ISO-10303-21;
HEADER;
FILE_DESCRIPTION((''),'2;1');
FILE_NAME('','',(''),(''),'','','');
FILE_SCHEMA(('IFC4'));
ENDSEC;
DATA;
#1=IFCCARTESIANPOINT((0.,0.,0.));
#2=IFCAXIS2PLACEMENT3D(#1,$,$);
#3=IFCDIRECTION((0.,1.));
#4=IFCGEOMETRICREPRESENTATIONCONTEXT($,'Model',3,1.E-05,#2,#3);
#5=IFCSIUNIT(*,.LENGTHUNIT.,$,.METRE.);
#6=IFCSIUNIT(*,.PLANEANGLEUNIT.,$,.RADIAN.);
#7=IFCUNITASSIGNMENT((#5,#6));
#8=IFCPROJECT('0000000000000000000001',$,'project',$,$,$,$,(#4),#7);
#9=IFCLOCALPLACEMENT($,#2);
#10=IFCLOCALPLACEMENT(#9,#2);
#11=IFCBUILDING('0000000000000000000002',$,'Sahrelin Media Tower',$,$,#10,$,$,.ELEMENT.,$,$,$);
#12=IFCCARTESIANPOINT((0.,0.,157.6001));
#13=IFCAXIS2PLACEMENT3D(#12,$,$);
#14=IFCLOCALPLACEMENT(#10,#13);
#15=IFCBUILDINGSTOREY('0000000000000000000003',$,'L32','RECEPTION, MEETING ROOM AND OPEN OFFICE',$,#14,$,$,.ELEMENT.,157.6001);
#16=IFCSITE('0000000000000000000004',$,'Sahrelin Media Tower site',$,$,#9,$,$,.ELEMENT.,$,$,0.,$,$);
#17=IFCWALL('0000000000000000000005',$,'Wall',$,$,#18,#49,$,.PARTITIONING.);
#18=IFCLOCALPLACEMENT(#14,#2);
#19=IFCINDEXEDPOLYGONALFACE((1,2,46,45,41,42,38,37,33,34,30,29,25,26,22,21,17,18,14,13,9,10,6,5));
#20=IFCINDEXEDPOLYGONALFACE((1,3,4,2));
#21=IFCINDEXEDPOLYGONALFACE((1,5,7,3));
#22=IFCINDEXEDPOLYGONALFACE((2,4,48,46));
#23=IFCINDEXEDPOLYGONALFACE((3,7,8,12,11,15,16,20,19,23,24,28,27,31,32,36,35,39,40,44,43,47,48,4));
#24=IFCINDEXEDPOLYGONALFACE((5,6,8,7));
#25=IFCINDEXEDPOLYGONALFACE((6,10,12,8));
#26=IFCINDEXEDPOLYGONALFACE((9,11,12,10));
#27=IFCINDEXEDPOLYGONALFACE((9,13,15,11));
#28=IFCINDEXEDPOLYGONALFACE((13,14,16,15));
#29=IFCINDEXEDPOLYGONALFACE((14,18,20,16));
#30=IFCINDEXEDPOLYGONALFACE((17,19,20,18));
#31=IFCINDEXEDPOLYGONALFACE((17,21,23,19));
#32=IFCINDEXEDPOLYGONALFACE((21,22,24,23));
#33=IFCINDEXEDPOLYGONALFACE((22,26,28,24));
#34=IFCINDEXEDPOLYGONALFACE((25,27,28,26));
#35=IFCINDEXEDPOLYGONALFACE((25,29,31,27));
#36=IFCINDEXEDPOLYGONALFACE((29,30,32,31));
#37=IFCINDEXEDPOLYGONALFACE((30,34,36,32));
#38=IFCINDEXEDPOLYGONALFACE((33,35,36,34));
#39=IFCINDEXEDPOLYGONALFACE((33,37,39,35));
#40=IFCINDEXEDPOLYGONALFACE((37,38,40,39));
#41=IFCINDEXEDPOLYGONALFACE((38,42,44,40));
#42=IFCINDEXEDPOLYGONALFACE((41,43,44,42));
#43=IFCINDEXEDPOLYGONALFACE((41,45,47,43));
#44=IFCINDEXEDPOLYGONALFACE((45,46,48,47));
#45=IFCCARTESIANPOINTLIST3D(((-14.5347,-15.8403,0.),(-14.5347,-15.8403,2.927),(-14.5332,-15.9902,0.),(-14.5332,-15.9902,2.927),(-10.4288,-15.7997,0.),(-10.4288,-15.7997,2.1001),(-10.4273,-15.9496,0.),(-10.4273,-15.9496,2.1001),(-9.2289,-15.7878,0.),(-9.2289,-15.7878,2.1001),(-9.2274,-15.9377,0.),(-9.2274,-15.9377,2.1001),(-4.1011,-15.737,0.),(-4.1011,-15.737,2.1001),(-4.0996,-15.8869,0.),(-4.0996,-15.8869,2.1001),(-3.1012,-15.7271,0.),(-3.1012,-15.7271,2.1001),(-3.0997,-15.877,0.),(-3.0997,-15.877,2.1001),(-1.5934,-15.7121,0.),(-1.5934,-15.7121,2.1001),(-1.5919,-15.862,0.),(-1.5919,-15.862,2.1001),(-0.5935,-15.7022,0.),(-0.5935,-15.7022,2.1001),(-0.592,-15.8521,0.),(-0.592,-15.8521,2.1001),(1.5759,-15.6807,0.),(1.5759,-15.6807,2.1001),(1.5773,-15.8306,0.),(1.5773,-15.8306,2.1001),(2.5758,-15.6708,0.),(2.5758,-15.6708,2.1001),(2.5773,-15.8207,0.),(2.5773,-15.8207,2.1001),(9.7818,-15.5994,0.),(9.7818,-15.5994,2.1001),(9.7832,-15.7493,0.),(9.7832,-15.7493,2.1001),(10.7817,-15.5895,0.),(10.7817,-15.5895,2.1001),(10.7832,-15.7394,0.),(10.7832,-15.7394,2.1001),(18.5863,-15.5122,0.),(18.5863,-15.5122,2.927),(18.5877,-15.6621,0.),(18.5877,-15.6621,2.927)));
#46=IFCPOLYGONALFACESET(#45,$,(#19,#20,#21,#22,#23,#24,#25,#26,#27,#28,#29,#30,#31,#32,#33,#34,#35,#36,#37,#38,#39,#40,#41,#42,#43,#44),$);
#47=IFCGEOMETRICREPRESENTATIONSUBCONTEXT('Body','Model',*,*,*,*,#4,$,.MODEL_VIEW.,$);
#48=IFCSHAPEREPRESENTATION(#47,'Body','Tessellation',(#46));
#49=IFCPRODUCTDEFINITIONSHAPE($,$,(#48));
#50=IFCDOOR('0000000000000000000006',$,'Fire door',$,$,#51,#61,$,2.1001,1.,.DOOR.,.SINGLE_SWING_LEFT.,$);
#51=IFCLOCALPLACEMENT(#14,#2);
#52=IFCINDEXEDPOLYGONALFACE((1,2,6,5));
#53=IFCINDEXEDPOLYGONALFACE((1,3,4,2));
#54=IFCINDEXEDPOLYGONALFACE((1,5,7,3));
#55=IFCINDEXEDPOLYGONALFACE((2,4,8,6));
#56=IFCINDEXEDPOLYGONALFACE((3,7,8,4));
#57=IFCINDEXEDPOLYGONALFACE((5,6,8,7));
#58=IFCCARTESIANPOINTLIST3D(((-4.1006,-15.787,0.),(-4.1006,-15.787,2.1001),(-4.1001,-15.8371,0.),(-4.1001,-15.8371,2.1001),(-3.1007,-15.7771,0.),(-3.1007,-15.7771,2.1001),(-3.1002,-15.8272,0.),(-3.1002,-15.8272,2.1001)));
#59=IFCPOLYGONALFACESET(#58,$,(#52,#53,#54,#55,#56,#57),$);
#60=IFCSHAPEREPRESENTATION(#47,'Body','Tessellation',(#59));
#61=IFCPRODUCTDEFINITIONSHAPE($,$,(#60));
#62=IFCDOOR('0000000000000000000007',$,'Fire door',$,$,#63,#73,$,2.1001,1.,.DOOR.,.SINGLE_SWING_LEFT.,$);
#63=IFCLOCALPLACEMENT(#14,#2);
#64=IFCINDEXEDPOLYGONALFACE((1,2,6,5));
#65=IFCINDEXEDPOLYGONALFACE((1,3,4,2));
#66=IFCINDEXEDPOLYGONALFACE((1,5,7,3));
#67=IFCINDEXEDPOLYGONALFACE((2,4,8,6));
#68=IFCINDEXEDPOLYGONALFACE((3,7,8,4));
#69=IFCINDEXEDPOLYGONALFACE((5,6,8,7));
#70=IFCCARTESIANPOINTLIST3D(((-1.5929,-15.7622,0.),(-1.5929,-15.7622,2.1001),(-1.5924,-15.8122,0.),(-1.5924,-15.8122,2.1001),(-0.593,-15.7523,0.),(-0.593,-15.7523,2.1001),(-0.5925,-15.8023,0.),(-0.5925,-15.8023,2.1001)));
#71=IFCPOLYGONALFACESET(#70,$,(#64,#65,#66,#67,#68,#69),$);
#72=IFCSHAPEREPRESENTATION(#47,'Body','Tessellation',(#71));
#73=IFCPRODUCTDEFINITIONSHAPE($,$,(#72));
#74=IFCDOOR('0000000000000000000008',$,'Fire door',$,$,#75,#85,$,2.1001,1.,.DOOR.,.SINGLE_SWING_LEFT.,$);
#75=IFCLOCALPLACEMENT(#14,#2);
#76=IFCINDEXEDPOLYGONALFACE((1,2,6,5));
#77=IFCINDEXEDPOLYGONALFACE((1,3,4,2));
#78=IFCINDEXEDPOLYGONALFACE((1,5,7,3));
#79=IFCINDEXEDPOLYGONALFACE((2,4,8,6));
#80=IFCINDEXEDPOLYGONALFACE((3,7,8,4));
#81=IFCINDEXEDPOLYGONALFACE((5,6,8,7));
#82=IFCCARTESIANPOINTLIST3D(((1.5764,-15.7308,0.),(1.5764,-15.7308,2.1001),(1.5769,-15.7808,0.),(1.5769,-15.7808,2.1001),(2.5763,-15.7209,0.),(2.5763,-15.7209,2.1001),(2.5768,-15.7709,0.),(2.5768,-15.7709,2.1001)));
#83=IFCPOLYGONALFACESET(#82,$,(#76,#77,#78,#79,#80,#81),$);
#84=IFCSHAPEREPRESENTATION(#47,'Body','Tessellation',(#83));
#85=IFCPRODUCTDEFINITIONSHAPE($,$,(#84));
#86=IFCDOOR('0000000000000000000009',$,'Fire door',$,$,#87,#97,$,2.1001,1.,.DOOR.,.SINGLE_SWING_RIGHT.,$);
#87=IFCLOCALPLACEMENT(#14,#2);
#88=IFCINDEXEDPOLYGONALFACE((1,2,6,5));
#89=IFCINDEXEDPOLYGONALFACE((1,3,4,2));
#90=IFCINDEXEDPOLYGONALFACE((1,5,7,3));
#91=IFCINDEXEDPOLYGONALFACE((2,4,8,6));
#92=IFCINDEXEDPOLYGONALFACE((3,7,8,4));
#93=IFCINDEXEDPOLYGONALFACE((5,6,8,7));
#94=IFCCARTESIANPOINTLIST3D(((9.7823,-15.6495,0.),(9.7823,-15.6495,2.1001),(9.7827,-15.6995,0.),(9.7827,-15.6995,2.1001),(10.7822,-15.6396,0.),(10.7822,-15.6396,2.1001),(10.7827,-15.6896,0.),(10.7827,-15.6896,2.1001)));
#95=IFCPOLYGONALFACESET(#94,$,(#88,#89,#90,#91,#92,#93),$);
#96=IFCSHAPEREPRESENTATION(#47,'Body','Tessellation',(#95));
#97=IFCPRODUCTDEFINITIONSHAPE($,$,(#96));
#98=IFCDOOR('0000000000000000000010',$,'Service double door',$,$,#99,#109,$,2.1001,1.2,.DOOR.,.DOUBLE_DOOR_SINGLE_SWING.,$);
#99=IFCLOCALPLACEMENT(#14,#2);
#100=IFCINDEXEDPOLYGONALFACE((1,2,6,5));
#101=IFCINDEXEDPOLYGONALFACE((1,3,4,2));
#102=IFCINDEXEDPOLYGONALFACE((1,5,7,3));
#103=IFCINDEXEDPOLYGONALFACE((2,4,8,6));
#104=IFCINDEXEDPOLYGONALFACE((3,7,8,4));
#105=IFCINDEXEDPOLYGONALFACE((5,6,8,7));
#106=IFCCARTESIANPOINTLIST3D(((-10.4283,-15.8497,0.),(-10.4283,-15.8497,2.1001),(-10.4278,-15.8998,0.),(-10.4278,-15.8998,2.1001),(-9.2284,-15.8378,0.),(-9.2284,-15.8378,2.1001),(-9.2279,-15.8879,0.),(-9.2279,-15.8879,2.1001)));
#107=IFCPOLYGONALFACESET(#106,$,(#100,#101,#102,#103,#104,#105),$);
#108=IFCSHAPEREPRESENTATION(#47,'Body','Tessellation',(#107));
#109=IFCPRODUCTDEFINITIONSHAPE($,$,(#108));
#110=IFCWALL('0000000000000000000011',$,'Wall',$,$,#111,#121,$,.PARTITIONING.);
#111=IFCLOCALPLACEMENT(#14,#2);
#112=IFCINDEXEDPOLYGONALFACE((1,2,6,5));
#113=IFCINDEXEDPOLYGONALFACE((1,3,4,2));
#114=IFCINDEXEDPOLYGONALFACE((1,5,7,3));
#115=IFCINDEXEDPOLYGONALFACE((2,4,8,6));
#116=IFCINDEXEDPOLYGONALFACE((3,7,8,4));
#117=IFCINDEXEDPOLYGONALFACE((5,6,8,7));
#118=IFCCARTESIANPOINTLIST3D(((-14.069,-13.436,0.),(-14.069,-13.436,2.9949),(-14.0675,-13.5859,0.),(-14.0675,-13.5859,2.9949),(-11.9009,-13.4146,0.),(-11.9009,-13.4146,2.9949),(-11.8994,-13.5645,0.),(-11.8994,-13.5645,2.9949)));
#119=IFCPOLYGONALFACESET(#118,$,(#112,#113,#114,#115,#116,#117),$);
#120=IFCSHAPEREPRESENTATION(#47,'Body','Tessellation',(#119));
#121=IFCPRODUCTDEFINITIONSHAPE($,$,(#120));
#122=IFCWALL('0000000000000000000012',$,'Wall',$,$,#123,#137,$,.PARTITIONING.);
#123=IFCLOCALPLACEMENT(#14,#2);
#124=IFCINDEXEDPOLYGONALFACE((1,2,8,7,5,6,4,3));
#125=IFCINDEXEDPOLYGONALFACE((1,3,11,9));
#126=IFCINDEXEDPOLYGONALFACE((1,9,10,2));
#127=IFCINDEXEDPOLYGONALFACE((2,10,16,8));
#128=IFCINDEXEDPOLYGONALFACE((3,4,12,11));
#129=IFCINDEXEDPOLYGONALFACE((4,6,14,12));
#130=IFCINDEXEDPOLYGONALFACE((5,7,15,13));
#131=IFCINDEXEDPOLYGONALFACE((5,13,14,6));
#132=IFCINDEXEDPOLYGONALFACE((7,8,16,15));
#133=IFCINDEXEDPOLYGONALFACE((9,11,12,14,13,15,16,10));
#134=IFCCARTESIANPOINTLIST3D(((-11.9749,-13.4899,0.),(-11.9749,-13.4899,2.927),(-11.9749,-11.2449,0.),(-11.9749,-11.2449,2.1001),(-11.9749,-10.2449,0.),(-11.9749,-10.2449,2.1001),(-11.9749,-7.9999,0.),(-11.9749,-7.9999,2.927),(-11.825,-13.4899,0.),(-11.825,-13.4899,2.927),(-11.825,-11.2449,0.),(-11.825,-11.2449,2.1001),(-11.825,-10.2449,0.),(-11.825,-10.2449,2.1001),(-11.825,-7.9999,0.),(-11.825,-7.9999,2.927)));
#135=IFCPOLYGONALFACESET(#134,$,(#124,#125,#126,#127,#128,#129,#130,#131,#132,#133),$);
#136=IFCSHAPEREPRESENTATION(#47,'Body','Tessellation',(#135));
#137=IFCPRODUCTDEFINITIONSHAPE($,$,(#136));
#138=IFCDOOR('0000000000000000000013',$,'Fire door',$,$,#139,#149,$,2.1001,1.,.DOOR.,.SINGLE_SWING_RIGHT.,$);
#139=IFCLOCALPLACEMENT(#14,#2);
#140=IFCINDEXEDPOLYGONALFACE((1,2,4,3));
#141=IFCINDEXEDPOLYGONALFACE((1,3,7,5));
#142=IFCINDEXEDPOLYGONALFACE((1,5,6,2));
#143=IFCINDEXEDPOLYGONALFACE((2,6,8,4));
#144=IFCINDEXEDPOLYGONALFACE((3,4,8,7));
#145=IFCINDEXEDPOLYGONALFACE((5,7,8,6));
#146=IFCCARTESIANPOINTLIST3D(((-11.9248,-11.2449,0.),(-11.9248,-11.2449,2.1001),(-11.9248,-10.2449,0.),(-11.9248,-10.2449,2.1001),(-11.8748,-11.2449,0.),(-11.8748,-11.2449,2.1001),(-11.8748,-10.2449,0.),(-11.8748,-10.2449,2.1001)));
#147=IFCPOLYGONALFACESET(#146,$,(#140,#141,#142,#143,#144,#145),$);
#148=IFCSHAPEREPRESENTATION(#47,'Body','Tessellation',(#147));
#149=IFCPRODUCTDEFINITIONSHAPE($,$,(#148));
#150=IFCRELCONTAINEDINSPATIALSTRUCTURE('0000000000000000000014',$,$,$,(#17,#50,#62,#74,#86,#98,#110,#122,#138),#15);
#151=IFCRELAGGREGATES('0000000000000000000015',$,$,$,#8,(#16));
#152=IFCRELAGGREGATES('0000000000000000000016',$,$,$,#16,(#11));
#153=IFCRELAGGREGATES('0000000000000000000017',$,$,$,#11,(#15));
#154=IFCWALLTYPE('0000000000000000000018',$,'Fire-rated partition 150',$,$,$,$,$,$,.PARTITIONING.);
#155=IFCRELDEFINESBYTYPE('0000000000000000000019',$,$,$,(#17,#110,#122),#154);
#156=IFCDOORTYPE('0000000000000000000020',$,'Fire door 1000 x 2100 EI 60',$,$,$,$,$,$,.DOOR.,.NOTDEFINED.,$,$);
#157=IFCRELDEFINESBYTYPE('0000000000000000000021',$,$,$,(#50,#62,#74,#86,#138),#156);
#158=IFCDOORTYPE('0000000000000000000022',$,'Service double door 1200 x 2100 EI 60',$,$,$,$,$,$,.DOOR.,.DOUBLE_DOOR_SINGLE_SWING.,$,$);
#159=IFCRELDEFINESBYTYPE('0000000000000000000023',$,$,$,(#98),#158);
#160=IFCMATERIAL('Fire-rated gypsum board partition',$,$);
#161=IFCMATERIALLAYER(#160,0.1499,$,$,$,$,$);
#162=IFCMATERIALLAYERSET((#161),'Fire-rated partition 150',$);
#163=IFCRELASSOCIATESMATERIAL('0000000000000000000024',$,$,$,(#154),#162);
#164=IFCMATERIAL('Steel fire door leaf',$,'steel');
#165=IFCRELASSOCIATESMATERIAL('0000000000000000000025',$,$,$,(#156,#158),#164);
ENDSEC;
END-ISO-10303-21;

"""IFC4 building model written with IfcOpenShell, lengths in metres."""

from ifc_helpers import new_model, si_unit, direction, frame, frame_2d, origin, place, context, subcontext, project, spatial, rectangle, extrude, material, layer, layer_set, type_object, element, fill, save


model = new_model("IFC4")

# Units and contexts
model_context = context("Model", 3, precision=1e-05, world=origin(), true_north=direction((0.0, 1.0)))
body_context = subcontext(model_context, "Body", "Model", "MODEL_VIEW")
ifc_project = project(units=[si_unit("LENGTHUNIT", "METRE"), si_unit("PLANEANGLEUNIT", "RADIAN")], contexts=[model_context])

# Site, building, storey
site_placement = place(None, origin())
site = spatial("IfcSite", under=ifc_project, at=site_placement, Name="Sahrelin Media Tower site", CompositionType="ELEMENT", RefElevation=0.0)
building_placement = place(site_placement, origin())
building = spatial("IfcBuilding", under=site, at=building_placement, Name="Sahrelin Media Tower", CompositionType="ELEMENT")
storey_placement = place(building_placement, frame((0.0, 0.0, 157.6001)))
storey = spatial("IfcBuildingStorey", under=building, at=storey_placement, Name="L32", Description="RECEPTION, MEETING ROOM AND OPEN OFFICE", CompositionType="ELEMENT", Elevation=157.6001)

# Shared definitions
ifc_material_1 = material(Name="Fire-rated gypsum board partition")
ifc_layer_1 = layer(ifc_material_1, 0.1499)
ifc_layer_set_1 = layer_set([ifc_layer_1], Name="Fire-rated partition 150")
wall_type_1 = type_object("IfcWallType", Name="Fire-rated partition 150", PredefinedType="PARTITIONING", material=ifc_layer_set_1)

# Wall, openings, doors
wall_1_placement = place(storey_placement, frame((-14.5339, -15.9153, 0.0), z_axis=(0.0, 0.0, 1.0), x_axis=(0.999951, 0.009906, 0.0)))
wall_1 = element("IfcWall", 1, at=wall_1_placement, inside=storey, type_object=wall_type_1, Name="Wall", PredefinedType="PARTITIONING", context=body_context, shape_type="SweptSolid", body=[
    extrude(rectangle(XDim=33.1226, YDim=0.1499, at=frame_2d((16.5613, 0.0))), origin(), (0.0, 0.0, 1.0), 2.927),
])
opening_1_placement = place(wall_1_placement, frame((4.106, 0.0, 0.0)))
opening_1 = element("IfcOpeningElement", 2, at=opening_1_placement, cuts=wall_1, PredefinedType="OPENING", context=body_context, shape_type="SweptSolid", body=[
    extrude(rectangle(XDim=1.2, YDim=2.1001, at=frame_2d((0.6001, 1.05))), frame((0.0, 0.075, 0.0), z_axis=(0.0, -1.0, 0.0), x_axis=(1.0, 0.0, 0.0)), (0.0, 0.0, 1.0), 0.1499),
])
opening_2_placement = place(wall_1_placement, frame((10.4341, 0.0, 0.0)))
opening_2 = element("IfcOpeningElement", 3, at=opening_2_placement, cuts=wall_1, PredefinedType="OPENING", context=body_context, shape_type="SweptSolid", body=[
    extrude(rectangle(XDim=1.0, YDim=2.1001, at=frame_2d((0.5, 1.05))), frame((0.0, 0.075, 0.0), z_axis=(0.0, -1.0, 0.0), x_axis=(1.0, 0.0, 0.0)), (0.0, 0.0, 1.0), 0.1499),
])
opening_3_placement = place(wall_1_placement, frame((12.9419, 0.0, 0.0)))
opening_3 = element("IfcOpeningElement", 4, at=opening_3_placement, cuts=wall_1, PredefinedType="OPENING", context=body_context, shape_type="SweptSolid", body=[
    extrude(rectangle(XDim=1.0, YDim=2.1001, at=frame_2d((0.5, 1.05))), frame((0.0, 0.075, 0.0), z_axis=(0.0, -1.0, 0.0), x_axis=(1.0, 0.0, 0.0)), (0.0, 0.0, 1.0), 0.1499),
])
opening_4_placement = place(wall_1_placement, frame((16.1113, 0.0, 0.0)))
opening_4 = element("IfcOpeningElement", 5, at=opening_4_placement, cuts=wall_1, PredefinedType="OPENING", context=body_context, shape_type="SweptSolid", body=[
    extrude(rectangle(XDim=1.0, YDim=2.1001, at=frame_2d((0.5, 1.05))), frame((0.0, 0.075, 0.0), z_axis=(0.0, -1.0, 0.0), x_axis=(1.0, 0.0, 0.0)), (0.0, 0.0, 1.0), 0.1499),
])
opening_5_placement = place(wall_1_placement, frame((24.3176, 0.0, 0.0)))
opening_5 = element("IfcOpeningElement", 6, at=opening_5_placement, cuts=wall_1, PredefinedType="OPENING", context=body_context, shape_type="SweptSolid", body=[
    extrude(rectangle(XDim=1.0, YDim=2.1001, at=frame_2d((0.5, 1.05))), frame((0.0, 0.075, 0.0), z_axis=(0.0, -1.0, 0.0), x_axis=(1.0, 0.0, 0.0)), (0.0, 0.0, 1.0), 0.1499),
])
ifc_material_2 = material(Name="Steel fire door leaf", Category="steel")
door_type_1 = type_object("IfcDoorType", Name="Fire door 1000 x 2100 EI 60", OperationType="NOTDEFINED", PredefinedType="DOOR", material=ifc_material_2)
door_1_placement = place(opening_2_placement, origin())
door_1 = element("IfcDoor", 7, at=door_1_placement, inside=storey, type_object=door_type_1, Name="Fire door", OperationType="SINGLE_SWING_LEFT", OverallHeight=2.1001, OverallWidth=1.0, PredefinedType="DOOR", context=body_context, shape_type="SweptSolid", body=[
    extrude(rectangle(XDim=1.0, YDim=2.1001, at=frame_2d((0.5, 1.05))), frame((0.0, 0.0249, 0.0), z_axis=(0.0, -1.0, 0.0), x_axis=(1.0, 0.0, 0.0)), (0.0, 0.0, 1.0), 0.05),
])
fill(opening_2, door_1)
door_2_placement = place(opening_3_placement, origin())
door_2 = element("IfcDoor", 8, at=door_2_placement, inside=storey, type_object=door_type_1, Name="Fire door", OperationType="SINGLE_SWING_LEFT", OverallHeight=2.1001, OverallWidth=1.0, PredefinedType="DOOR", context=body_context, shape_type="SweptSolid", body=[
    extrude(rectangle(XDim=1.0, YDim=2.1001, at=frame_2d((0.5, 1.05))), frame((0.0, 0.0249, 0.0), z_axis=(0.0, -1.0, 0.0), x_axis=(1.0, 0.0, 0.0)), (0.0, 0.0, 1.0), 0.05),
])
fill(opening_3, door_2)
door_3_placement = place(opening_4_placement, origin())
door_3 = element("IfcDoor", 9, at=door_3_placement, inside=storey, type_object=door_type_1, Name="Fire door", OperationType="SINGLE_SWING_LEFT", OverallHeight=2.1001, OverallWidth=1.0, PredefinedType="DOOR", context=body_context, shape_type="SweptSolid", body=[
    extrude(rectangle(XDim=1.0, YDim=2.1001, at=frame_2d((0.5, 1.05))), frame((0.0, 0.0249, 0.0), z_axis=(0.0, -1.0, 0.0), x_axis=(1.0, 0.0, 0.0)), (0.0, 0.0, 1.0), 0.05),
])
fill(opening_4, door_3)
door_4_placement = place(opening_5_placement, origin())
door_4 = element("IfcDoor", 10, at=door_4_placement, inside=storey, type_object=door_type_1, Name="Fire door", OperationType="SINGLE_SWING_RIGHT", OverallHeight=2.1001, OverallWidth=1.0, PredefinedType="DOOR", context=body_context, shape_type="SweptSolid", body=[
    extrude(rectangle(XDim=1.0, YDim=2.1001, at=frame_2d((0.5, 1.05))), frame((0.0, 0.0249, 0.0), z_axis=(0.0, -1.0, 0.0), x_axis=(1.0, 0.0, 0.0)), (0.0, 0.0, 1.0), 0.05),
])
fill(opening_5, door_4)
door_type_2 = type_object("IfcDoorType", Name="Service double door 1200 x 2100 EI 60", OperationType="DOUBLE_DOOR_SINGLE_SWING", PredefinedType="DOOR", material=ifc_material_2)
door_5_placement = place(opening_1_placement, origin())
door_5 = element("IfcDoor", 11, at=door_5_placement, inside=storey, type_object=door_type_2, Name="Service double door", OperationType="DOUBLE_DOOR_SINGLE_SWING", OverallHeight=2.1001, OverallWidth=1.2, PredefinedType="DOOR", context=body_context, shape_type="SweptSolid", body=[
    extrude(rectangle(XDim=1.2, YDim=2.1001, at=frame_2d((0.6001, 1.05))), frame((0.0, 0.0249, 0.0), z_axis=(0.0, -1.0, 0.0), x_axis=(1.0, 0.0, 0.0)), (0.0, 0.0, 1.0), 0.05),
])
fill(opening_1, door_5)

# Wall
wall_2_placement = place(storey_placement, frame((-14.0681, -13.511, 0.0), z_axis=(0.0, 0.0, 1.0), x_axis=(0.999951, 0.009908, 0.0)))
element("IfcWall", 12, at=wall_2_placement, inside=storey, type_object=wall_type_1, Name="Wall", PredefinedType="PARTITIONING", context=body_context, shape_type="SweptSolid", body=[
    extrude(rectangle(XDim=2.1682, YDim=0.1499, at=frame_2d((1.084, 0.0))), origin(), (0.0, 0.0, 1.0), 2.9949),
])

# Wall, opening, door
wall_3_placement = place(storey_placement, frame((-11.8999, -13.49, 0.0), z_axis=(0.0, 0.0, 1.0), x_axis=(0.0, 1.0, 0.0)))
wall_3 = element("IfcWall", 13, at=wall_3_placement, inside=storey, type_object=wall_type_1, Name="Wall", PredefinedType="PARTITIONING", context=body_context, shape_type="SweptSolid", body=[
    extrude(rectangle(XDim=5.49, YDim=0.1499, at=frame_2d((2.7451, 0.0))), origin(), (0.0, 0.0, 1.0), 2.927),
])
opening_6_placement = place(wall_3_placement, frame((2.2451, 0.0, 0.0)))
opening_6 = element("IfcOpeningElement", 14, at=opening_6_placement, cuts=wall_3, PredefinedType="OPENING", context=body_context, shape_type="SweptSolid", body=[
    extrude(rectangle(XDim=1.0, YDim=2.1001, at=frame_2d((0.5, 1.05))), frame((0.0, 0.075, 0.0), z_axis=(0.0, -1.0, 0.0), x_axis=(1.0, 0.0, 0.0)), (0.0, 0.0, 1.0), 0.1499),
])
door_6_placement = place(opening_6_placement, origin())
door_6 = element("IfcDoor", 15, at=door_6_placement, inside=storey, type_object=door_type_1, Name="Fire door", OperationType="SINGLE_SWING_RIGHT", OverallHeight=2.1001, OverallWidth=1.0, PredefinedType="DOOR", context=body_context, shape_type="SweptSolid", body=[
    extrude(rectangle(XDim=1.0, YDim=2.1001, at=frame_2d((0.5, 1.05))), frame((0.0, 0.0249, 0.0), z_axis=(0.0, -1.0, 0.0), x_axis=(1.0, 0.0, 0.0)), (0.0, 0.0, 1.0), 0.05),
])
fill(opening_6, door_6)

save(model, "model.ifc")
